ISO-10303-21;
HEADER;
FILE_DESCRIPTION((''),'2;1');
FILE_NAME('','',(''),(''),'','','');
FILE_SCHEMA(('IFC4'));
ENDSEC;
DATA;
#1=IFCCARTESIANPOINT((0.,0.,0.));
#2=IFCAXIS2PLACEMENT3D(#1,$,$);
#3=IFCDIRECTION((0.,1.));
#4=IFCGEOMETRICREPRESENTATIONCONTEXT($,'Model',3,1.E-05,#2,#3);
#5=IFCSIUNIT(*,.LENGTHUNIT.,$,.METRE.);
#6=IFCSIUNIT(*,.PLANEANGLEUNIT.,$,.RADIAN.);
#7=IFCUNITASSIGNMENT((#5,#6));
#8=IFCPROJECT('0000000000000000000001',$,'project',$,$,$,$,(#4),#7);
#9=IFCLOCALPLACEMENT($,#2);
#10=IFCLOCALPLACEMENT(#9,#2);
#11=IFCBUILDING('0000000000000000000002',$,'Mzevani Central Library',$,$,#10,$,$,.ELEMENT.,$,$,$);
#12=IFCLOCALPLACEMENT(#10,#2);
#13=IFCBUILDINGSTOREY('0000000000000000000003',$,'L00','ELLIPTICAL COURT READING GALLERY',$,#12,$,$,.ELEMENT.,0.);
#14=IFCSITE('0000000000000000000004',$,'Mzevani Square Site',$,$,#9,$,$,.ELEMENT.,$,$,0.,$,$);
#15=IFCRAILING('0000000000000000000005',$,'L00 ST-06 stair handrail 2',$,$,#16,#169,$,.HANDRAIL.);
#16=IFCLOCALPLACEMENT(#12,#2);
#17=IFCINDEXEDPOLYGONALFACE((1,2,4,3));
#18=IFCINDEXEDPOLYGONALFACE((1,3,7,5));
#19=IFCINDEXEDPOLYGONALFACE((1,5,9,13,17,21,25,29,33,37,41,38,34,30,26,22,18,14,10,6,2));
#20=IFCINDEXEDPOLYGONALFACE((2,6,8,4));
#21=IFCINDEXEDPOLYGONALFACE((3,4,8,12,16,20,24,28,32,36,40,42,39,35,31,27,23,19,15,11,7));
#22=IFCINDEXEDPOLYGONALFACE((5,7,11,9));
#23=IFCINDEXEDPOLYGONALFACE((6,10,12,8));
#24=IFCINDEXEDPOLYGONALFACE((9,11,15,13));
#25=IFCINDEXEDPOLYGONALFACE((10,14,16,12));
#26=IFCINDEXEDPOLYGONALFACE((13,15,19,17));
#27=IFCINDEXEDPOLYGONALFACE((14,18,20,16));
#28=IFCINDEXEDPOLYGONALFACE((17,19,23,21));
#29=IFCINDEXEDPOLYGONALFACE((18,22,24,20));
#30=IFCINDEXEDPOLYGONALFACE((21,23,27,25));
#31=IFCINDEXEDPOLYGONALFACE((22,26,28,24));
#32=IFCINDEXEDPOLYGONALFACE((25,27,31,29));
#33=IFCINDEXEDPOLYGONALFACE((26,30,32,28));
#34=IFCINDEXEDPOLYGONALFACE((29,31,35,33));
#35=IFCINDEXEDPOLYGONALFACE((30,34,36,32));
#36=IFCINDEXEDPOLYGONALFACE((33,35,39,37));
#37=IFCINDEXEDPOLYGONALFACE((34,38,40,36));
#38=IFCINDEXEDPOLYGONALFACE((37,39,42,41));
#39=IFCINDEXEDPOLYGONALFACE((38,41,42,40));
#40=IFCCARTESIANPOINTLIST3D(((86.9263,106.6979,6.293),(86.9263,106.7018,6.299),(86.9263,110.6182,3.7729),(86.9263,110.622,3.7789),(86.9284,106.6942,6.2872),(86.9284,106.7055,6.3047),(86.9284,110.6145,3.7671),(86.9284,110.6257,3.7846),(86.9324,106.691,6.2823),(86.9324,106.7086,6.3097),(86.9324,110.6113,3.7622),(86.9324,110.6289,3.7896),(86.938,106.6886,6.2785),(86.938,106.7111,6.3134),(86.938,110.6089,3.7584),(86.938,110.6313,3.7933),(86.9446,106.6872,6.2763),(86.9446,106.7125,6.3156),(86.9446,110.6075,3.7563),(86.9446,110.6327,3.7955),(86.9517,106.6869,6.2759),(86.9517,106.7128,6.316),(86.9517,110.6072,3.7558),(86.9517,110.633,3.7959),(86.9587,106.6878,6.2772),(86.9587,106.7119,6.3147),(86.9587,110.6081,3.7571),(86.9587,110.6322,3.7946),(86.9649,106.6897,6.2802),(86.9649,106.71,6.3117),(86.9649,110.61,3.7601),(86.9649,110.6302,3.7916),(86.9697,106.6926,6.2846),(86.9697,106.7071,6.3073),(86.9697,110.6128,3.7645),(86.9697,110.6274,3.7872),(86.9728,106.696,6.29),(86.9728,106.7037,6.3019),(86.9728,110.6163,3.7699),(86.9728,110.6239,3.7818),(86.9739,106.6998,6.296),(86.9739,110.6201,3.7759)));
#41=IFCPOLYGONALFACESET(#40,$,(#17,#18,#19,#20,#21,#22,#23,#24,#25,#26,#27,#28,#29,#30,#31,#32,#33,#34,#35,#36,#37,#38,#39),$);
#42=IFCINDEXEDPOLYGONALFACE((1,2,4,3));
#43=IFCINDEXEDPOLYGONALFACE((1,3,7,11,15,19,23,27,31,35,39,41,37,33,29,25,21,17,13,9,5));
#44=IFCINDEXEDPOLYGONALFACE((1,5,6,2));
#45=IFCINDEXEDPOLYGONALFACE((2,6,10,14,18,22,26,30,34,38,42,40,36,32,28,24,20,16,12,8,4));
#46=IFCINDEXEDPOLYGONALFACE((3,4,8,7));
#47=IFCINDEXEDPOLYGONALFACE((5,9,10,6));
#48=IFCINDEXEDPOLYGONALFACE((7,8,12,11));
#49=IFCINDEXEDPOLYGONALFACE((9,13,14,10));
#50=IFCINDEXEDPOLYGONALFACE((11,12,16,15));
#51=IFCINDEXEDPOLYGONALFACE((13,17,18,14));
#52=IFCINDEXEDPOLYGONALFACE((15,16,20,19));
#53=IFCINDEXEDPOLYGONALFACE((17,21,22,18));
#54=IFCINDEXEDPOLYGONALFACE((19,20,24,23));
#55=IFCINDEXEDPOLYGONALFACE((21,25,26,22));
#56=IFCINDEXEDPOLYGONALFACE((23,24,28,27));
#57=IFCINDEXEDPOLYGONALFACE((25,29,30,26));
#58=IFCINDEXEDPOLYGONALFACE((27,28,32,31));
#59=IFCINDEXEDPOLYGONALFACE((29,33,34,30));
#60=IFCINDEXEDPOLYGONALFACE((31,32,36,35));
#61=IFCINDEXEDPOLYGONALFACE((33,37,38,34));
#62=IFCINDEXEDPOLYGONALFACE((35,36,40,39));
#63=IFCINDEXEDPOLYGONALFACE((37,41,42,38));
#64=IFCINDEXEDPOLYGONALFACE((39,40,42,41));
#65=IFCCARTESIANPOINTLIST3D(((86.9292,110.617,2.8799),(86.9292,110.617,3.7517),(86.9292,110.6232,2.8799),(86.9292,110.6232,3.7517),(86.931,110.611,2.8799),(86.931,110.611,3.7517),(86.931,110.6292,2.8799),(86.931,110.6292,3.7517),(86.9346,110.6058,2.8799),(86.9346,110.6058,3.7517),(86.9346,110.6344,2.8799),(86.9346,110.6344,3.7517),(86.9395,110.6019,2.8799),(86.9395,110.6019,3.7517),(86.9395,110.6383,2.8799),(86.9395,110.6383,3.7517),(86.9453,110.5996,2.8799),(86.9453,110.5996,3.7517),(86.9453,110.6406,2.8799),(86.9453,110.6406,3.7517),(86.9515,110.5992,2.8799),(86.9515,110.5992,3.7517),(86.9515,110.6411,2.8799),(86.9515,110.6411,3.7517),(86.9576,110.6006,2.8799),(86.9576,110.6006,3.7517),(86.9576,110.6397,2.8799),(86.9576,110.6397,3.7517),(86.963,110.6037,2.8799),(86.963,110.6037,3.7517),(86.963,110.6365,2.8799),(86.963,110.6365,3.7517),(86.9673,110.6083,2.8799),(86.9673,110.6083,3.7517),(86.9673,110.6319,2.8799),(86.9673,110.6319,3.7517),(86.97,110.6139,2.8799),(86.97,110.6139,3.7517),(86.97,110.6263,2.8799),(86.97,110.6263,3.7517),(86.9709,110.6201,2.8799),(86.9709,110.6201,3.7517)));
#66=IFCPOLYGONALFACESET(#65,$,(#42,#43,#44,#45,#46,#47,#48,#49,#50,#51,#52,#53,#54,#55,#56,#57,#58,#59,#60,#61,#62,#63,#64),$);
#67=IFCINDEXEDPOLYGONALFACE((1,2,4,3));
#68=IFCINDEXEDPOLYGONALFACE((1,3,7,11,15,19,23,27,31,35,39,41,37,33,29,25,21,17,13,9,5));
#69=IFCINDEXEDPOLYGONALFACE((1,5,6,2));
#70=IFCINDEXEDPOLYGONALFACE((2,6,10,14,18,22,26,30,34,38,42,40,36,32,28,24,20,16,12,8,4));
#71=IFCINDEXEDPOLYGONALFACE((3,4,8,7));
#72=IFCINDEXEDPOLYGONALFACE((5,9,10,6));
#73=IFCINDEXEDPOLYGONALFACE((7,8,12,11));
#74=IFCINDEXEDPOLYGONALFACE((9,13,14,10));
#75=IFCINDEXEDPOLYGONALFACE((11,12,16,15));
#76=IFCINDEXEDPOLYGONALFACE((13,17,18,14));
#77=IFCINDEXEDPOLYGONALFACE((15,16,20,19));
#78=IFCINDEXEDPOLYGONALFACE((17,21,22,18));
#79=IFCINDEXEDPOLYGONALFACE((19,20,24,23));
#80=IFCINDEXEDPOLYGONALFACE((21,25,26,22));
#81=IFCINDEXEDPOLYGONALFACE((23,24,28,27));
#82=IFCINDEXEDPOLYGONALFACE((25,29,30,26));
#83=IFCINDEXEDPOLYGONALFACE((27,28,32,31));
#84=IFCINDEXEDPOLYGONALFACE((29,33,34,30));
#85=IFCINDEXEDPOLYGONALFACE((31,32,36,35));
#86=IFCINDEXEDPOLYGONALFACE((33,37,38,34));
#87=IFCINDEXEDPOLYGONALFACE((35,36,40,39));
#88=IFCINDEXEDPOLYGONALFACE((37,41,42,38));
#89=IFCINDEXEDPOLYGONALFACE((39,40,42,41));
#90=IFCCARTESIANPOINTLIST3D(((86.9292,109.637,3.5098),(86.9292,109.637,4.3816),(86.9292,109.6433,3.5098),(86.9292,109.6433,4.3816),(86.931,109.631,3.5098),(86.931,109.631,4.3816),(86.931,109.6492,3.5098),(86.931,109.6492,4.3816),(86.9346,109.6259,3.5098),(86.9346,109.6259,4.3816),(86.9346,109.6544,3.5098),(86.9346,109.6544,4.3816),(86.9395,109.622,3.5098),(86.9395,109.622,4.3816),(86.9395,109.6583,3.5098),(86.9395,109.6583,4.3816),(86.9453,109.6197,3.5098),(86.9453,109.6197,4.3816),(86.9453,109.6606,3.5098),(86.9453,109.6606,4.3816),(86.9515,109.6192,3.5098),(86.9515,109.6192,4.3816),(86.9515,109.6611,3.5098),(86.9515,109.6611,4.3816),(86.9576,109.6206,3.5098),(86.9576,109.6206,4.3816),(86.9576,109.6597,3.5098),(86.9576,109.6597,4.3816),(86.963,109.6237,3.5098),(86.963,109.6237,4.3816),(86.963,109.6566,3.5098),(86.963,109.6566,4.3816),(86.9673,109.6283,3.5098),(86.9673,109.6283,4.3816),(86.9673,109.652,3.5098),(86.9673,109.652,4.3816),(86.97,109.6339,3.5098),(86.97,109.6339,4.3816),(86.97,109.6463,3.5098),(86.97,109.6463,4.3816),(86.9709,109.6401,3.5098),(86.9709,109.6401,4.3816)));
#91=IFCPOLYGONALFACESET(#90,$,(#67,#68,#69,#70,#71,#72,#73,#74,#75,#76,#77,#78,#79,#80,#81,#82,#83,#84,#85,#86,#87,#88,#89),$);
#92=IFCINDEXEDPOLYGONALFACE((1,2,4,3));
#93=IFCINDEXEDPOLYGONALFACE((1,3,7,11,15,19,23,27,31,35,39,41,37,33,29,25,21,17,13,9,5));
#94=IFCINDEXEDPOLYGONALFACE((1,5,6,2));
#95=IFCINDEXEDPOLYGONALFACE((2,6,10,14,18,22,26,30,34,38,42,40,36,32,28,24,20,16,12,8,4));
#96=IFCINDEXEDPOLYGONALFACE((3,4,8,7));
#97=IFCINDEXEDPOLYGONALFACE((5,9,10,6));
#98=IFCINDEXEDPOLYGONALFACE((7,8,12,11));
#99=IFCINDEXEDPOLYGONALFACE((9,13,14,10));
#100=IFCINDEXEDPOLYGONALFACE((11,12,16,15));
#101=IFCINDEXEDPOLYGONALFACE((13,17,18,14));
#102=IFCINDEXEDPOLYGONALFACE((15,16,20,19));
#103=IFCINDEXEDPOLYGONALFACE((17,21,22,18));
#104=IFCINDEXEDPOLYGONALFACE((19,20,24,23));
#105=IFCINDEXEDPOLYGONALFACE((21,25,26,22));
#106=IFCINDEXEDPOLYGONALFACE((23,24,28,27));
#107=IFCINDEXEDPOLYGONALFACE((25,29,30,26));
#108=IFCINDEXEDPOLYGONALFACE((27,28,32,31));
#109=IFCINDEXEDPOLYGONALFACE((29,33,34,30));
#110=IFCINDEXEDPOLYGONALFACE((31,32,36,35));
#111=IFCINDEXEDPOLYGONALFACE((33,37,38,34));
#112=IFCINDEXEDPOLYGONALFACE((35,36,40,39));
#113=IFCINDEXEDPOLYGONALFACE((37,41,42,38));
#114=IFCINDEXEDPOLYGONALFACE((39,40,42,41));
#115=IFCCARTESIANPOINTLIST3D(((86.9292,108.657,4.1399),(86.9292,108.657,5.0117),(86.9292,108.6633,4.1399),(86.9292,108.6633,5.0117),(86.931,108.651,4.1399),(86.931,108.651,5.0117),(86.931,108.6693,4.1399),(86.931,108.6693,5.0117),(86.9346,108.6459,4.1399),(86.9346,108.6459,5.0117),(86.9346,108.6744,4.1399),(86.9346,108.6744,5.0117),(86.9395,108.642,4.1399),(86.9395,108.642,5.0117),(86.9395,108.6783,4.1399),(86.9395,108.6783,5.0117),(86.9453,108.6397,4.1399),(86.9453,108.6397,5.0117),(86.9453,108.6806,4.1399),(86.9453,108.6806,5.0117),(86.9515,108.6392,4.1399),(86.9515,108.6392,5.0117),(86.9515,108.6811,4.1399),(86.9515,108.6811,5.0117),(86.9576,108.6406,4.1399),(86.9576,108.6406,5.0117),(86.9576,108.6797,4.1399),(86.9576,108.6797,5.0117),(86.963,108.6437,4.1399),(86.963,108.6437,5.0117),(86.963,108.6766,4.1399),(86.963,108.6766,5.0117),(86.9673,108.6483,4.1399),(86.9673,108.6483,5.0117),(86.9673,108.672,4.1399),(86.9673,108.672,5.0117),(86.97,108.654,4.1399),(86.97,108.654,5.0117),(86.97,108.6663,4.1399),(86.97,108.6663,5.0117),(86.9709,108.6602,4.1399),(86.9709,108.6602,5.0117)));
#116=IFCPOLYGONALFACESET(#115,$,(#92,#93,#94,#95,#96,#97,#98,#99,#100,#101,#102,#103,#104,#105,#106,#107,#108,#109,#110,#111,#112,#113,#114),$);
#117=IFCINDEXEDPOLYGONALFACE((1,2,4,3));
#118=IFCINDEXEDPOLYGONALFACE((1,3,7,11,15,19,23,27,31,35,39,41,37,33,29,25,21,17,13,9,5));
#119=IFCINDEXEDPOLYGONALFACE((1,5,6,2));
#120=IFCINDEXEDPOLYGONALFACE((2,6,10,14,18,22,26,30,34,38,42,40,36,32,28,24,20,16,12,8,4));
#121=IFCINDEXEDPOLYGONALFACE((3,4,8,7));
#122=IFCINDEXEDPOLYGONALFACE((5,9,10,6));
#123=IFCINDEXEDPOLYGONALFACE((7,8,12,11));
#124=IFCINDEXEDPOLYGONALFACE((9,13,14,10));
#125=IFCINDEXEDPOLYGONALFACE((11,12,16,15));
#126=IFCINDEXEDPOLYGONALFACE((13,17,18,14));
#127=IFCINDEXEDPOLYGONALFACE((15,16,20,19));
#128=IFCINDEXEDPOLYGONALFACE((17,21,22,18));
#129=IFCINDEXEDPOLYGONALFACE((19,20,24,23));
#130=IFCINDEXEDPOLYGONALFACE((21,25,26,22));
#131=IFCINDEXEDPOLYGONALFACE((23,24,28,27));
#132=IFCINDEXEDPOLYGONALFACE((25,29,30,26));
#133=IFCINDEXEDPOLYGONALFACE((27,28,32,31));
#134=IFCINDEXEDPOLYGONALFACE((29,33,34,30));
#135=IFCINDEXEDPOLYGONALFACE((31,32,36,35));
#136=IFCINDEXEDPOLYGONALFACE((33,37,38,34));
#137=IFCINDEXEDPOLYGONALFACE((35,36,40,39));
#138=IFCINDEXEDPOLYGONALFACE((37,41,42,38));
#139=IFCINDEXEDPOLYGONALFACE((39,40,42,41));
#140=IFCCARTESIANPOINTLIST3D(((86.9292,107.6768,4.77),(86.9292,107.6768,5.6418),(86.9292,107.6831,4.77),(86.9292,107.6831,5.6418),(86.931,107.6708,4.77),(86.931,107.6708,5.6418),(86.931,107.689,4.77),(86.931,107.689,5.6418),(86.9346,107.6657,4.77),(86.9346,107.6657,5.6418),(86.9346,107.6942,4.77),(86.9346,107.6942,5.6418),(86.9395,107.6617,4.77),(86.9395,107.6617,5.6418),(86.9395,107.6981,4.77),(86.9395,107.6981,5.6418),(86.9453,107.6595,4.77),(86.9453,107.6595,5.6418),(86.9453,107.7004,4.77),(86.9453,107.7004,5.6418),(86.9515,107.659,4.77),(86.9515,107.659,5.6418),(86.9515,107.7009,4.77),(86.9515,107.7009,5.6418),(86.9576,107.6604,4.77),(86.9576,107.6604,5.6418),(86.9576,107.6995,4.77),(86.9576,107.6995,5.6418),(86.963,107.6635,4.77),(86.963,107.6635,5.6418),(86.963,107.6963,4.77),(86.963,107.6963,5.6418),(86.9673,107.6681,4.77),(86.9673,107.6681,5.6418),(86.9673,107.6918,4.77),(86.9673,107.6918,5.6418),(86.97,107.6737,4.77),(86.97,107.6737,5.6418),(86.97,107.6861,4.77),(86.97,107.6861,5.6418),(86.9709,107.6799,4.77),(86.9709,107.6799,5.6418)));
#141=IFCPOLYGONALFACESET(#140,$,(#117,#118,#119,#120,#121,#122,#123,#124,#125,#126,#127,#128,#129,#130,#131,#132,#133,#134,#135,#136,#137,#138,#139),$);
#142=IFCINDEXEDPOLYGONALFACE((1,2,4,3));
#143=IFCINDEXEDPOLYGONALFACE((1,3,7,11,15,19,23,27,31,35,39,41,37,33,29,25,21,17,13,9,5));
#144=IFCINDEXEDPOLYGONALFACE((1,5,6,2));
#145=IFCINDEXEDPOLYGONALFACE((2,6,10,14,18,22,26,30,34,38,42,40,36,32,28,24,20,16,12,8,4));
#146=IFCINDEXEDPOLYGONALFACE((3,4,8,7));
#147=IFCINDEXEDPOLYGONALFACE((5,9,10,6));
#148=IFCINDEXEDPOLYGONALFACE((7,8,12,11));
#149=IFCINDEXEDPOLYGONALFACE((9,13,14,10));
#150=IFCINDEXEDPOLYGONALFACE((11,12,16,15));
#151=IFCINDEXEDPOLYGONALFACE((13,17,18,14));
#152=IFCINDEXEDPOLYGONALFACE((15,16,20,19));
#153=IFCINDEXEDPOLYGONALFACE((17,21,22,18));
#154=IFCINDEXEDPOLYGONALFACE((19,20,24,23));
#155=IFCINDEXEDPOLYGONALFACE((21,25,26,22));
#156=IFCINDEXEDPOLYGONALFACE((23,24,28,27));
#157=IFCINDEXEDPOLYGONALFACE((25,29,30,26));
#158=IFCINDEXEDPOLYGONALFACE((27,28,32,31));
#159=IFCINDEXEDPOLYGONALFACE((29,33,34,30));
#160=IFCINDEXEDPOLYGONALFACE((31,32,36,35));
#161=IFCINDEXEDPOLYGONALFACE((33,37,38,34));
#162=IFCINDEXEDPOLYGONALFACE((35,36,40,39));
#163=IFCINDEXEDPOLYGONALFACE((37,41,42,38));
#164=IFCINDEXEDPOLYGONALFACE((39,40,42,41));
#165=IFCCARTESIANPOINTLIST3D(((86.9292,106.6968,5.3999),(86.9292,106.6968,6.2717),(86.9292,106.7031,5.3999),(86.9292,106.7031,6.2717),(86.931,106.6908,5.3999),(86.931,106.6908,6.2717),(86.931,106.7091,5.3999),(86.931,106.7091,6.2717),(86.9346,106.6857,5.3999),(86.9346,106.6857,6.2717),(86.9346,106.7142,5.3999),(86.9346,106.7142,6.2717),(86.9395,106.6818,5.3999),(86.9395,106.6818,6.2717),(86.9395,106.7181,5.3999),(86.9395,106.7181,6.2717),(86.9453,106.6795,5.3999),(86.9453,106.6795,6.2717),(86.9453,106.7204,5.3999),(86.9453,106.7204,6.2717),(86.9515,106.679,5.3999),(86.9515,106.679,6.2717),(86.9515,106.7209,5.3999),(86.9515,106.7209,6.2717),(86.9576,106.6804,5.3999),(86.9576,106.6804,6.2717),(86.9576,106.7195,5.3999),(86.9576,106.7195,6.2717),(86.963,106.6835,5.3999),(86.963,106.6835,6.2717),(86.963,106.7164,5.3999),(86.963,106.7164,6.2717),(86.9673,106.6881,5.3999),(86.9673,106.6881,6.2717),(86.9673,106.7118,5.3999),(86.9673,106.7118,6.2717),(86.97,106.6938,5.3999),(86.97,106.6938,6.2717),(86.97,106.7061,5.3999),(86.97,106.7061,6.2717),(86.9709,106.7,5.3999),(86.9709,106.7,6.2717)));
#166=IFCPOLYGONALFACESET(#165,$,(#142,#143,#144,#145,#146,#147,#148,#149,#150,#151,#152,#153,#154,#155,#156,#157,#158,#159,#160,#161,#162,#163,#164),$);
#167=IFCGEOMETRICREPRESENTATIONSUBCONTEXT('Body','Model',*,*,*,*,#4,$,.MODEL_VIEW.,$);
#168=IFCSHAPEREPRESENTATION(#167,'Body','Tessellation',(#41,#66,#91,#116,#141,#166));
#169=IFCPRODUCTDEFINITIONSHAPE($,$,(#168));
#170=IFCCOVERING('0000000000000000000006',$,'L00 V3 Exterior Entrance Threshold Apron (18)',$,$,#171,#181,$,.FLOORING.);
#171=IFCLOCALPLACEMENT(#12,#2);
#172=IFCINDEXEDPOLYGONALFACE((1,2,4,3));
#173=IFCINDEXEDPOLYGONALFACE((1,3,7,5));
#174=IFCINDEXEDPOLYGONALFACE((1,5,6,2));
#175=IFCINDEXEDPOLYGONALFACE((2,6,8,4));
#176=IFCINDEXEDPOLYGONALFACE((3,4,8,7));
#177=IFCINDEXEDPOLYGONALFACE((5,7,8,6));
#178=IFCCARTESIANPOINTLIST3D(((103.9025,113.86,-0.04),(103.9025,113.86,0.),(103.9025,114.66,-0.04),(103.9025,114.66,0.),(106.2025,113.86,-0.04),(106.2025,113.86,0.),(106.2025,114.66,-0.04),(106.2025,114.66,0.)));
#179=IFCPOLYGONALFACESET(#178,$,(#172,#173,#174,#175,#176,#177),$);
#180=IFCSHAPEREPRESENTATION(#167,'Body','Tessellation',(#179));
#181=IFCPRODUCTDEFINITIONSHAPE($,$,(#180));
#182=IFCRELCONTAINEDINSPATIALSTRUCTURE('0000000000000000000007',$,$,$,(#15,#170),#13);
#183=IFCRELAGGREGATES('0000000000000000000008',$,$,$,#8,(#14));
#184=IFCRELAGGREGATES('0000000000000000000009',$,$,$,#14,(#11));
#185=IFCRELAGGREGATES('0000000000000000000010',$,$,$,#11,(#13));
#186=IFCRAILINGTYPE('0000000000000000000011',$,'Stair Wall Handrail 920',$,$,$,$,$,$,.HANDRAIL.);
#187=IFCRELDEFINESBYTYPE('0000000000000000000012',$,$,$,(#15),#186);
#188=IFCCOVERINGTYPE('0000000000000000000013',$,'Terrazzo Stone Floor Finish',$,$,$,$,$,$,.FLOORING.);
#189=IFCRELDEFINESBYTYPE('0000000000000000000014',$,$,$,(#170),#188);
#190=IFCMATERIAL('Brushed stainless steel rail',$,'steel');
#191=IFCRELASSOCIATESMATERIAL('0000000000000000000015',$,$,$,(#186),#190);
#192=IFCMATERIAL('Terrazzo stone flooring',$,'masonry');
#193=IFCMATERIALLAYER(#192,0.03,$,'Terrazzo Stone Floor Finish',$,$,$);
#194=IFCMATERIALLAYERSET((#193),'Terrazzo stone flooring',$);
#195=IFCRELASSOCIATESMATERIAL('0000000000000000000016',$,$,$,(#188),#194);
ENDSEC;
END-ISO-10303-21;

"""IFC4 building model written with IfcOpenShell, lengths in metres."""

from ifc_helpers import new_model, si_unit, direction, frame, origin, origin_2d, place, context, subcontext, project, spatial, rectangle, circle, extrude, material, layer, layer_set, type_object, element, save


model = new_model("IFC4")

# Units and contexts
model_context = context("Model", 3, precision=1e-05, world=origin(), true_north=direction((0.0, 1.0)))
body_context = subcontext(model_context, "Body", "Model", "MODEL_VIEW")
ifc_project = project(units=[si_unit("LENGTHUNIT", "METRE"), si_unit("PLANEANGLEUNIT", "RADIAN")], contexts=[model_context])

# Site, building, storey
site_placement = place(None, origin())
site = spatial("IfcSite", under=ifc_project, at=site_placement, Name="Mzevani Square Site", CompositionType="ELEMENT", RefElevation=0.0)
building_placement = place(site_placement, origin())
building = spatial("IfcBuilding", under=site, at=building_placement, Name="Mzevani Central Library", CompositionType="ELEMENT")
storey_placement = place(building_placement, origin())
storey = spatial("IfcBuildingStorey", under=building, at=storey_placement, Name="L00", Description="ELLIPTICAL COURT READING GALLERY", CompositionType="ELEMENT", Elevation=0.0)

# Shared definitions
ifc_material_1 = material(Name="Brushed stainless steel rail", Category="steel")

# Railing
railing_type_1 = type_object("IfcRailingType", Name="Stair Wall Handrail 920", PredefinedType="HANDRAIL", material=ifc_material_1)
railing_1_placement = place(storey_placement, frame((86.95, 110.6201, 2.8799)))
element("IfcRailing", 1, at=railing_1_placement, inside=storey, type_object=railing_type_1, Name="L00 ST-06 stair handrail 2", PredefinedType="HANDRAIL", context=body_context, shape_type="SweptSolid", body=[
    extrude(circle(Radius=0.0239, at=origin_2d()), frame((0.0, 0.0, 0.896), z_axis=(0.0, -0.841187, 0.540744), x_axis=(1.0, 0.0, 0.0)), (0.0, 0.0, 1.0), 4.6604),
    extrude(circle(Radius=0.021, at=origin_2d()), origin(), (0.0, 0.0, 1.0), 0.8718),
    extrude(circle(Radius=0.021, at=origin_2d()), frame((0.0, -0.98, 0.6299)), (0.0, 0.0, 1.0), 0.8718),
    extrude(circle(Radius=0.021, at=origin_2d()), frame((0.0, -1.96, 1.26)), (0.0, 0.0, 1.0), 0.8718),
    extrude(circle(Radius=0.021, at=origin_2d()), frame((0.0, -2.9402, 1.8901)), (0.0, 0.0, 1.0), 0.8718),
    extrude(circle(Radius=0.021, at=origin_2d()), frame((0.0, -3.9202, 2.52)), (0.0, 0.0, 1.0), 0.8718),
])

# Covering
ifc_material_2 = material(Name="Terrazzo stone flooring", Category="masonry")
ifc_layer_1 = layer(ifc_material_2, 0.03, Name="Terrazzo Stone Floor Finish")
ifc_layer_set_1 = layer_set([ifc_layer_1], Name="Terrazzo stone flooring")
covering_type_1 = type_object("IfcCoveringType", Name="Terrazzo Stone Floor Finish", PredefinedType="FLOORING", material=ifc_layer_set_1)
covering_1_placement = place(storey_placement, frame((105.0525, 114.26, -0.04), z_axis=(0.0, 0.0, 1.0), x_axis=(1.0, 0.0, 0.0)))
element("IfcCovering", 2, at=covering_1_placement, inside=storey, type_object=covering_type_1, Name="L00 V3 Exterior Entrance Threshold Apron (18)", PredefinedType="FLOORING", context=body_context, shape_type="SweptSolid", body=[
    extrude(rectangle(XDim=2.3, YDim=0.8, at=origin_2d()), origin(), (0.0, 0.0, 1.0), 0.04),
])

save(model, "model.ifc")
